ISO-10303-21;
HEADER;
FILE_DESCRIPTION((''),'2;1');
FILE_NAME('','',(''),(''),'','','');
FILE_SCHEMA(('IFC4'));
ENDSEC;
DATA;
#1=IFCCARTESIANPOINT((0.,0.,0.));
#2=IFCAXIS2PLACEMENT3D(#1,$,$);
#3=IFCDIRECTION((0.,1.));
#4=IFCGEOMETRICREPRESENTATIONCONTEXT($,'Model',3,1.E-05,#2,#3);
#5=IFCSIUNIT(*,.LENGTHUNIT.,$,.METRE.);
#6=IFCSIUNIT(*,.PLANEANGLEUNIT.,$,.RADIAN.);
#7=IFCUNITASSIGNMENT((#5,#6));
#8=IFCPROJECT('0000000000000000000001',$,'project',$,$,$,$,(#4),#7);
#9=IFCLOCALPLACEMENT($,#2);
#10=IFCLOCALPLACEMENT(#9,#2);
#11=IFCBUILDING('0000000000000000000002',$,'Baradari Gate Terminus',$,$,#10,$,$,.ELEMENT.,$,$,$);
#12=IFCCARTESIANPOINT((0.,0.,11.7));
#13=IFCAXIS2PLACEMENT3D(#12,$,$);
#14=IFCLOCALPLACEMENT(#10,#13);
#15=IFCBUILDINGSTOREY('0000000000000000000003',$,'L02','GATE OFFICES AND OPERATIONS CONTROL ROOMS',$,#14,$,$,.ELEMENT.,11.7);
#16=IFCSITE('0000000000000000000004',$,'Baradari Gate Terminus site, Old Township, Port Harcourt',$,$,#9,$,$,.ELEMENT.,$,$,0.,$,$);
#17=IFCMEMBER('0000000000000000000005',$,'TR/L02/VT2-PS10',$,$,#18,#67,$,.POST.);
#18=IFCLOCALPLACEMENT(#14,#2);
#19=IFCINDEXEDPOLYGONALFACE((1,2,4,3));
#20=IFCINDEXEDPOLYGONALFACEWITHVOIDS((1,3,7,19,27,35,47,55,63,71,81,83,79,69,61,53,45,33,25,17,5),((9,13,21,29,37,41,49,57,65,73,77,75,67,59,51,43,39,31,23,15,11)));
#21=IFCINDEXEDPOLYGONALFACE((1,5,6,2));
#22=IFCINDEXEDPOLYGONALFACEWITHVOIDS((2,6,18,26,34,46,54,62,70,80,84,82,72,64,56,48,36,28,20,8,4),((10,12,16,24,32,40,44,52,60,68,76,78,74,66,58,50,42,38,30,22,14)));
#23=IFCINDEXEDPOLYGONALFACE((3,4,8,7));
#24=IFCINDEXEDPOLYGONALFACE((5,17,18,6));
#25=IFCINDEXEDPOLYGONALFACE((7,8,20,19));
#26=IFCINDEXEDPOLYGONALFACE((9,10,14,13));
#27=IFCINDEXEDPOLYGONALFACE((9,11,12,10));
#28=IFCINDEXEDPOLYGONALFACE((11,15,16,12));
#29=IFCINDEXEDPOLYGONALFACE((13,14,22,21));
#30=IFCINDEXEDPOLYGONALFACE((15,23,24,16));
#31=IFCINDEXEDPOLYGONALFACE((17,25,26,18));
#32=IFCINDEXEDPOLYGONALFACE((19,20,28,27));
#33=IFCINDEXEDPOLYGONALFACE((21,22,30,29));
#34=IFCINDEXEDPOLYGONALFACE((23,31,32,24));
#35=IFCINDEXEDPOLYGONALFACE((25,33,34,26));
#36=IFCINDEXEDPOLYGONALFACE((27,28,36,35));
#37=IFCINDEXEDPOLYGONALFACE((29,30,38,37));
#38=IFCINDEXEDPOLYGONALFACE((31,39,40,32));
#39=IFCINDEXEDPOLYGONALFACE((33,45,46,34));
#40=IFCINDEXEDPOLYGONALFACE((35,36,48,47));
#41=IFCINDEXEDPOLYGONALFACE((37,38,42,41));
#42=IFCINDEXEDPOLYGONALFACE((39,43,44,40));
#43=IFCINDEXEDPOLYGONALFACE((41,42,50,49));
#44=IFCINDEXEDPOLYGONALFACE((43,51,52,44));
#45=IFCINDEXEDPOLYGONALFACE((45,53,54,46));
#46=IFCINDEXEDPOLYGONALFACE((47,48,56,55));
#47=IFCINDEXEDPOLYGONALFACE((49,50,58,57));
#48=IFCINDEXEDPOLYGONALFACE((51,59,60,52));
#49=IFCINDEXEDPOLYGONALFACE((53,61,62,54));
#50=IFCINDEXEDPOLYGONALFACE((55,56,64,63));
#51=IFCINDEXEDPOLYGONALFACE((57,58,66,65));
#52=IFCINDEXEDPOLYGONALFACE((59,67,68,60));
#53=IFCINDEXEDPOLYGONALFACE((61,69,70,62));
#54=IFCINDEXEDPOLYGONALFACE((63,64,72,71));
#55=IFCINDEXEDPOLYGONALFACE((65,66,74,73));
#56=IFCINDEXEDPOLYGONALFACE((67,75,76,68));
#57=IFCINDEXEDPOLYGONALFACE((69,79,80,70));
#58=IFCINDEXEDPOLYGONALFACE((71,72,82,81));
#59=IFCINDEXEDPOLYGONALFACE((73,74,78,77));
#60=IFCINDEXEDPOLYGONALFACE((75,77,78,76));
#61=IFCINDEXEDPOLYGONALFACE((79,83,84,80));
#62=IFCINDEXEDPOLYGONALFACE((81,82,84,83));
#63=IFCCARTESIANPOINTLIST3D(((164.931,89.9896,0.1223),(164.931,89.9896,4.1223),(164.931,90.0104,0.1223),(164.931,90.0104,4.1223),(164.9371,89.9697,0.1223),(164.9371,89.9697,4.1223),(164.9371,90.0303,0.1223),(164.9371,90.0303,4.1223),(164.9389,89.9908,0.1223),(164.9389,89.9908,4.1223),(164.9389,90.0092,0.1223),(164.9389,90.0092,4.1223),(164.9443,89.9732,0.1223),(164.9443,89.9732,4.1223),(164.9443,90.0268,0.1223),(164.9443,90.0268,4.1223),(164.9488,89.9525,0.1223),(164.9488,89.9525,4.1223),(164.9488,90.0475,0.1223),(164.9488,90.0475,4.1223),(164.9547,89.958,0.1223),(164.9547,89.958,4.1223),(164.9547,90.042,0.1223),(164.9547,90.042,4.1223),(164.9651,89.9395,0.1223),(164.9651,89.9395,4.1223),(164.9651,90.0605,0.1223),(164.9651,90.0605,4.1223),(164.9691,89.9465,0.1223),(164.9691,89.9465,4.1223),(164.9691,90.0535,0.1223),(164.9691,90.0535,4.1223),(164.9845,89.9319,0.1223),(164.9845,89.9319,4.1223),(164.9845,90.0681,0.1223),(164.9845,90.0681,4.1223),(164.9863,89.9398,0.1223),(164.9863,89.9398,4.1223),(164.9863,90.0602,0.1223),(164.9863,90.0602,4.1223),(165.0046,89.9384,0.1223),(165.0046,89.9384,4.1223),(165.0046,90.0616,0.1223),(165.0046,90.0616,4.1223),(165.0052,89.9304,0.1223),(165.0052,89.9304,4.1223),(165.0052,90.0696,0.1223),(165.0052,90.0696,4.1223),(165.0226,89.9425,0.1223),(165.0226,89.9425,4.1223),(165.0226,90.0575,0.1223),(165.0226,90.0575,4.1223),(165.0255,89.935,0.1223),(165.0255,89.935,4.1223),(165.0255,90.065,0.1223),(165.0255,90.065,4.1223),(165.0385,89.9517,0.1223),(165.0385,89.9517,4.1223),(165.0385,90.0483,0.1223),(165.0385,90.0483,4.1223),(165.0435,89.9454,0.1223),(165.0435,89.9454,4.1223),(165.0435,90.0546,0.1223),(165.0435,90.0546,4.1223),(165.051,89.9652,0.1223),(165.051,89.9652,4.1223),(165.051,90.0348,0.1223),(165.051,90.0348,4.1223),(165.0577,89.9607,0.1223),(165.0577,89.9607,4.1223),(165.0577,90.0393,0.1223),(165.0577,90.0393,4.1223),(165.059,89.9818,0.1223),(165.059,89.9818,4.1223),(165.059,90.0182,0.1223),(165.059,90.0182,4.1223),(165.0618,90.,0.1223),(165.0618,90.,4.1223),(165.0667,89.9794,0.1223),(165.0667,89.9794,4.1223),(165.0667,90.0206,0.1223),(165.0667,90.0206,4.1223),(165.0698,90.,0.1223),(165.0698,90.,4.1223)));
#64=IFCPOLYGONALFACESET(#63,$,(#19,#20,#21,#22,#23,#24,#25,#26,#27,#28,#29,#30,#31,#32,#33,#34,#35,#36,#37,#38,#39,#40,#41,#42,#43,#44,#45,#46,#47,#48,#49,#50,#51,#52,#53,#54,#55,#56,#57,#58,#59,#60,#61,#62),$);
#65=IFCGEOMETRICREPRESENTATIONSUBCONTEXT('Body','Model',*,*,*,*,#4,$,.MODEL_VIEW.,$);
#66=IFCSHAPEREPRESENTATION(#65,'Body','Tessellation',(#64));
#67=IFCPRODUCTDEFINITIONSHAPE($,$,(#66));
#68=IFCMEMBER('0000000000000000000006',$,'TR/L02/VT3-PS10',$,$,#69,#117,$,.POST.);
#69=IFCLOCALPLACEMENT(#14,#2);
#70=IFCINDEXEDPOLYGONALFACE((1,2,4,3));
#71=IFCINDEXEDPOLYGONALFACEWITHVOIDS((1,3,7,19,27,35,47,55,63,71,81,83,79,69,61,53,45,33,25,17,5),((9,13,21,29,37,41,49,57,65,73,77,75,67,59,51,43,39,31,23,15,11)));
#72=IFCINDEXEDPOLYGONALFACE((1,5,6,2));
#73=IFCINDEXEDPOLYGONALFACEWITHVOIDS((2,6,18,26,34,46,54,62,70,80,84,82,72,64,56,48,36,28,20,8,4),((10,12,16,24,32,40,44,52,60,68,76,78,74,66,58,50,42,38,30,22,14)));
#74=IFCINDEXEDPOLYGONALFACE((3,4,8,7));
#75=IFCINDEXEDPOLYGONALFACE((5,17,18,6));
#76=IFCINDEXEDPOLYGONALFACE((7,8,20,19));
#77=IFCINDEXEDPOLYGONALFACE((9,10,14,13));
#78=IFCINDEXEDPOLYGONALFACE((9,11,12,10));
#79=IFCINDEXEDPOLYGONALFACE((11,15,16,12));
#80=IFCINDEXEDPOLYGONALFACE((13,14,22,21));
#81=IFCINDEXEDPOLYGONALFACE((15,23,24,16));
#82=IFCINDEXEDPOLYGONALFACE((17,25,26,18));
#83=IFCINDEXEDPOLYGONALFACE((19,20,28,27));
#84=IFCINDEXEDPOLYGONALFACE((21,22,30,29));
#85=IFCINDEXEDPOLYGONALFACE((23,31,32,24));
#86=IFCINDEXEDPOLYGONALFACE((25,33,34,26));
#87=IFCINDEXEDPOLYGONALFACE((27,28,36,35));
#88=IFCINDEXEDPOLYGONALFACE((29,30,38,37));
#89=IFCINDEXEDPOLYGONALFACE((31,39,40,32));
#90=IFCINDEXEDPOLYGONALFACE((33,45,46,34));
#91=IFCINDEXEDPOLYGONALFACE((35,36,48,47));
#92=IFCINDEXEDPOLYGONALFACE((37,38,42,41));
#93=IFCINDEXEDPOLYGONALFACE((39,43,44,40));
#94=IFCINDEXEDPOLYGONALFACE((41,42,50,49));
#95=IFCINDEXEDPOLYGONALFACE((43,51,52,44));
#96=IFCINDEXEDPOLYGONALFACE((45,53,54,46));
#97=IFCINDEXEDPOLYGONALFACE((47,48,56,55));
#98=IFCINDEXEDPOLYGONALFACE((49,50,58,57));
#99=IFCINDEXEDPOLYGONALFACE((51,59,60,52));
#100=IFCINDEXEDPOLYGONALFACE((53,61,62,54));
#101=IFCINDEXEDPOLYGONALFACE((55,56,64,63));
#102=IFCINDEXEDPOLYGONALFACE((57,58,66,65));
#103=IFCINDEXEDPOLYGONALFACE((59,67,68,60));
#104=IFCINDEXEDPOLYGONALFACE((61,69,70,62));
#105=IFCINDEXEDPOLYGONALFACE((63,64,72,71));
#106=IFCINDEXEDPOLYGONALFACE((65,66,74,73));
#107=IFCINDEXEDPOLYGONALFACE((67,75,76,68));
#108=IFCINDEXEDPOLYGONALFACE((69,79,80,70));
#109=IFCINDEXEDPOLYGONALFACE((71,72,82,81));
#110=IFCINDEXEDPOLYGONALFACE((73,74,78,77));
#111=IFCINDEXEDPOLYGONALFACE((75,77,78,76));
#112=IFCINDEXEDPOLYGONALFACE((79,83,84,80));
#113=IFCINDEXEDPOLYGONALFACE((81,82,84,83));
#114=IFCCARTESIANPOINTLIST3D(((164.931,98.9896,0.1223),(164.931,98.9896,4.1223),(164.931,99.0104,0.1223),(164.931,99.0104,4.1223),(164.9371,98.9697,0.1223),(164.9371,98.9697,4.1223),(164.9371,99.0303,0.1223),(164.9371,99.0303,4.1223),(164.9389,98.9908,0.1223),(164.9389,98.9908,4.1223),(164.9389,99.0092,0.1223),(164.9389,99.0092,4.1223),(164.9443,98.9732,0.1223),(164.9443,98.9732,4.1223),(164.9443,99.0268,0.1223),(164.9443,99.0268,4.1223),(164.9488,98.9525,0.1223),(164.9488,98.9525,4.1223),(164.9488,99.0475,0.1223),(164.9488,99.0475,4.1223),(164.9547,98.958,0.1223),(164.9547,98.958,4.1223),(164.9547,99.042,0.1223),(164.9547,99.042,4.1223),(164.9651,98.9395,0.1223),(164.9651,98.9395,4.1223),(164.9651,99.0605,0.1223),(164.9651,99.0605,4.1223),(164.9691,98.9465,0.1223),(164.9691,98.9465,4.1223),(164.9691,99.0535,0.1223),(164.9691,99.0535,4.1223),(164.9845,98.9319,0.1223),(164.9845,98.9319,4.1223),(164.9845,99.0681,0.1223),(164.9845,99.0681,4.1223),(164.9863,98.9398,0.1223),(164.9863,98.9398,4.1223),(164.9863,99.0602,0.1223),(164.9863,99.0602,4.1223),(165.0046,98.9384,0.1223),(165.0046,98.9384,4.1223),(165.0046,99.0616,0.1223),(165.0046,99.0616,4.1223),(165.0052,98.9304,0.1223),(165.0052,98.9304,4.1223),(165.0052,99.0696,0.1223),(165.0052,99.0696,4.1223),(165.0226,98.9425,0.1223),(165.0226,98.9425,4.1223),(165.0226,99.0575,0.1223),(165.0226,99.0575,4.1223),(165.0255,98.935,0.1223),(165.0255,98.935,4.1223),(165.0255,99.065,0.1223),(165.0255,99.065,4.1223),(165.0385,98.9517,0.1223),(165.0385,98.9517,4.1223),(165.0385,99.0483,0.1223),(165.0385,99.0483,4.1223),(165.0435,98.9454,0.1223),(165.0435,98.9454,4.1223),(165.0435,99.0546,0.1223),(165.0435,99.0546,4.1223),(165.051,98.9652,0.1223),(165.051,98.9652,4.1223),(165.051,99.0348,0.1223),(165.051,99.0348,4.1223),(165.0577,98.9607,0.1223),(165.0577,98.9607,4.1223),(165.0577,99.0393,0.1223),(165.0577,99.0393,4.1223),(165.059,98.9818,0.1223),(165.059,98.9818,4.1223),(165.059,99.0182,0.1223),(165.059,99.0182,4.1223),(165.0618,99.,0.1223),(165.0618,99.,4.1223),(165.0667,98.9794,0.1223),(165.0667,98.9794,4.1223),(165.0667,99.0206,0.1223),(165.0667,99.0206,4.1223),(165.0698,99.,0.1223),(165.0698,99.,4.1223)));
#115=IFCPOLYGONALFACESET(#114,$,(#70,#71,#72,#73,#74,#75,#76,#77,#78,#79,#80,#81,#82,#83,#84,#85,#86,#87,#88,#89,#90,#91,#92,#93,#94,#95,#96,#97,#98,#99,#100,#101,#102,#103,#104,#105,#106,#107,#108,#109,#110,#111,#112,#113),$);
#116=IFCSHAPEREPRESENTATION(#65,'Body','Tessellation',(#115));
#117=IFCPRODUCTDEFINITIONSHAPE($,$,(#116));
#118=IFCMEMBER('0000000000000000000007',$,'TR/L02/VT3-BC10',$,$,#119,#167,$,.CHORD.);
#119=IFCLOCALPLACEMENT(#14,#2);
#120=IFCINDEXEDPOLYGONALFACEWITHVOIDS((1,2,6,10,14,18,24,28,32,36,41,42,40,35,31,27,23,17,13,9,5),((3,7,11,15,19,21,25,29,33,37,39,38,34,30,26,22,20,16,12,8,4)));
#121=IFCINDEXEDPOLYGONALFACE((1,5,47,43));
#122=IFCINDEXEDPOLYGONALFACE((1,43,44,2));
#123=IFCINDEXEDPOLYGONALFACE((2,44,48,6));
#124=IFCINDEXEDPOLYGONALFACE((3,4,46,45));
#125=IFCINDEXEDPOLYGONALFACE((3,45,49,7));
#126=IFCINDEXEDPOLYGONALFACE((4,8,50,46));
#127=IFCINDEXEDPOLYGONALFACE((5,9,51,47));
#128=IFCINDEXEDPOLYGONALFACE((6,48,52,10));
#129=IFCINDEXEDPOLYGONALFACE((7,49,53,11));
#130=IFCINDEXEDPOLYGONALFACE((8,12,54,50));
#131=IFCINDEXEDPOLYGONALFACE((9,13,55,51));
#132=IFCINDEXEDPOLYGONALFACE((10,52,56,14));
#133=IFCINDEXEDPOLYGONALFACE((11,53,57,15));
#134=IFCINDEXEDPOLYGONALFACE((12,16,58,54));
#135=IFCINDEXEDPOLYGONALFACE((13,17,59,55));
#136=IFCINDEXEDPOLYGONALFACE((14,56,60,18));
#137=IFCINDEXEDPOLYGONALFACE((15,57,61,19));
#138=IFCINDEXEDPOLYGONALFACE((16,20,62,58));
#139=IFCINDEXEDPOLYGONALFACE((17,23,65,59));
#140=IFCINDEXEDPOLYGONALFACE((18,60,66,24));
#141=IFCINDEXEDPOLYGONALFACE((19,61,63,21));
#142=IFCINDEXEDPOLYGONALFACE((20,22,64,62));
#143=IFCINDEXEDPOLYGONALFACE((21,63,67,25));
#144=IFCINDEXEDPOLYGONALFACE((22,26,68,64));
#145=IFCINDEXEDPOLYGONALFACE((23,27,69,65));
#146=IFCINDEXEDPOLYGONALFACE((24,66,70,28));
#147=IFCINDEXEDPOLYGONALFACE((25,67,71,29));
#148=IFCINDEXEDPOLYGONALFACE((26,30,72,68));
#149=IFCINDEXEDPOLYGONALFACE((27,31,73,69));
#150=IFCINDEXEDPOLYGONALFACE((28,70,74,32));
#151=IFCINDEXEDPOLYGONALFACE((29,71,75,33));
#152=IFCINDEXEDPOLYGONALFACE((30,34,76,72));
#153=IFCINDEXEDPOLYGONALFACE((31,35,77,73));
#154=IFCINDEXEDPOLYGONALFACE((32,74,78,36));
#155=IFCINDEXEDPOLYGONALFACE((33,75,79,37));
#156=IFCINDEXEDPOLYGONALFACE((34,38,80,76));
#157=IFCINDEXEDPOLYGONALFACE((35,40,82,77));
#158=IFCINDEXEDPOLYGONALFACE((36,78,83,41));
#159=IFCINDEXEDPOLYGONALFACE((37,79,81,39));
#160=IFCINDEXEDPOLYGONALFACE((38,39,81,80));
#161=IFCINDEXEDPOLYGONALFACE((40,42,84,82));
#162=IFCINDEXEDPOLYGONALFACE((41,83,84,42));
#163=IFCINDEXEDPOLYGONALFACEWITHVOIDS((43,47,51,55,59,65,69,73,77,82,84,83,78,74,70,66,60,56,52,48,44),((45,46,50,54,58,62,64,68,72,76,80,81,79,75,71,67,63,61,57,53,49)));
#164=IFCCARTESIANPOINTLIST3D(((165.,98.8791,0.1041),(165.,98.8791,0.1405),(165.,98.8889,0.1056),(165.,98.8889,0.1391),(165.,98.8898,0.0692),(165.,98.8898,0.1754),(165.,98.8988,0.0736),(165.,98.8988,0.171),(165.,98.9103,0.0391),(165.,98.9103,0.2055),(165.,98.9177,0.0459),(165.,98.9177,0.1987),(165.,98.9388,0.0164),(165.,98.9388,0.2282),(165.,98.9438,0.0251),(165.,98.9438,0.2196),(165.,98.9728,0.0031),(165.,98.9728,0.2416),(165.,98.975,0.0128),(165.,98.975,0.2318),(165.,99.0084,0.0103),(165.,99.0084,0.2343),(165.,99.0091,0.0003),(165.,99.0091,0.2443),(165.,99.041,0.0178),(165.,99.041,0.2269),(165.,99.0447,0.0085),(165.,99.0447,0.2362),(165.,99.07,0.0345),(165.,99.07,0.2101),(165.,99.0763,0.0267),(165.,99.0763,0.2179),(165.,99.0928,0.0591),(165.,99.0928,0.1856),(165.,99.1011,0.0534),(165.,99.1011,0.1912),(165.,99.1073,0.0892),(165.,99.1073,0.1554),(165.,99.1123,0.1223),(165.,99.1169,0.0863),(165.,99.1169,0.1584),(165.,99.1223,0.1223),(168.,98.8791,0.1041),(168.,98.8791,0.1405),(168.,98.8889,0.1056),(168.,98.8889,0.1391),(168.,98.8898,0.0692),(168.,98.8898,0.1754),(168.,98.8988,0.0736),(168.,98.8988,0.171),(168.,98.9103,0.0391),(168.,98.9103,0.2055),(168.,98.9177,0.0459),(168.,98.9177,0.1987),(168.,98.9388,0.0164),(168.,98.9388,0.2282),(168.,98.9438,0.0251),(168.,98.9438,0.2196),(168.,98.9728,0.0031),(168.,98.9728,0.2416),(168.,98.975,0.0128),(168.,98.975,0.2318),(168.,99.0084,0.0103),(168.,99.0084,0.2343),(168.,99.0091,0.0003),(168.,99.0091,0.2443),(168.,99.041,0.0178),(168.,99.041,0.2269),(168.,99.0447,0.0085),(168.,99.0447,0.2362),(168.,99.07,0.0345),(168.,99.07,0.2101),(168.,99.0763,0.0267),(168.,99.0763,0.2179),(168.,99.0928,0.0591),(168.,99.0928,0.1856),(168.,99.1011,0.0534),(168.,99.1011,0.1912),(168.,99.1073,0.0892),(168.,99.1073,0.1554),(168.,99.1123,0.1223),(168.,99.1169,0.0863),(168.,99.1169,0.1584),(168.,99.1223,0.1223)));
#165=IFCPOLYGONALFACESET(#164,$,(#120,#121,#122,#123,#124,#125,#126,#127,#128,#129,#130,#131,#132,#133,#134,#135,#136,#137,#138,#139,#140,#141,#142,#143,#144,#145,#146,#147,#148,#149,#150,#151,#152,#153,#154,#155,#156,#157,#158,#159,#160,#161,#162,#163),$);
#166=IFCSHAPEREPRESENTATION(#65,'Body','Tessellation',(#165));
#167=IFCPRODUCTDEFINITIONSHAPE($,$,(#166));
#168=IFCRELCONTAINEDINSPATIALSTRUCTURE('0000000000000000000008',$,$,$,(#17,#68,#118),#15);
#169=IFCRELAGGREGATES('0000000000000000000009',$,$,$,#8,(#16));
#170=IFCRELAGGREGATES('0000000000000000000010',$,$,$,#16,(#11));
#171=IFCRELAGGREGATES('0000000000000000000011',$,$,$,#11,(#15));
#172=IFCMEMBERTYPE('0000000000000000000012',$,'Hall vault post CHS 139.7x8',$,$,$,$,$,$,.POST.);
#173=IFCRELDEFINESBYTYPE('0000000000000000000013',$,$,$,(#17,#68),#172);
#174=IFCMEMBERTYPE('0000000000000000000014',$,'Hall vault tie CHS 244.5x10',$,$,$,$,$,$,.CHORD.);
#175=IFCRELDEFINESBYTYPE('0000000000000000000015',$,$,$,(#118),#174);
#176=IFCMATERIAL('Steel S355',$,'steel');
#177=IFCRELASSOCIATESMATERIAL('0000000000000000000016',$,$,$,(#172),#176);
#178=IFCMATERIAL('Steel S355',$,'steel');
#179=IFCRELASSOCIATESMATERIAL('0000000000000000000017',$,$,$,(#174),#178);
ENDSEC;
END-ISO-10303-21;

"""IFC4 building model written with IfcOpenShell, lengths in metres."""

from ifc_helpers import new_model, si_unit, direction, frame, origin, origin_2d, place, context, subcontext, project, spatial, hollow_circle, extrude, material, material_profile, profile_set, type_object, element, save


model = new_model("IFC4")

# Units and contexts
model_context = context("Model", 3, precision=1e-05, world=origin(), true_north=direction((0.0, 1.0)))
body_context = subcontext(model_context, "Body", "Model", "MODEL_VIEW")
ifc_project = project(units=[si_unit("LENGTHUNIT", "METRE"), si_unit("PLANEANGLEUNIT", "RADIAN")], contexts=[model_context])

# Site, building, storey
site_placement = place(None, origin())
site = spatial("IfcSite", under=ifc_project, at=site_placement, Name="Baradari Gate Terminus site, Old Township, Port Harcourt", CompositionType="ELEMENT", RefElevation=0.0)
building_placement = place(site_placement, origin())
building = spatial("IfcBuilding", under=site, at=building_placement, Name="Baradari Gate Terminus", CompositionType="ELEMENT")
storey_placement = place(building_placement, frame((0.0, 0.0, 11.7)))
storey = spatial("IfcBuildingStorey", under=building, at=storey_placement, Name="L02", Description="GATE OFFICES AND OPERATIONS CONTROL ROOMS", CompositionType="ELEMENT", Elevation=11.7)

# Members
ifc_material_1 = material(Name="Steel S355", Category="steel")
ifc_material_profile_1 = material_profile(ifc_material_1, hollow_circle(Radius=0.0698, WallThickness=0.0081, at=origin_2d()), Name="CHS 139.7x8")
ifc_profile_set_1 = profile_set([ifc_material_profile_1], Name="Steel S355")
member_type_1 = type_object("IfcMemberType", Name="Hall vault post CHS 139.7x8", PredefinedType="POST", material=ifc_profile_set_1)
for number, where, z_axis, x_axis, name in (
    (1, (165.0, 90.0, 0.1223), (0.0, 0.0, 1.0), (1.0, 0.0, 0.0), "TR/L02/VT2-PS10"),
    (2, (165.0, 99.0, 0.1223), (0.0, 0.0, 1.0), (1.0, 0.0, 0.0), "TR/L02/VT3-PS10"),
):
    element("IfcMember", number, at=place(storey_placement, frame(where, z_axis=z_axis, x_axis=x_axis)), inside=storey, type_object=member_type_1, Name=name, PredefinedType="POST", context=body_context, shape_type="SweptSolid", body=[
        extrude(hollow_circle(Radius=0.0698, WallThickness=0.0081, at=origin_2d()), origin(), (0.0, 0.0, 1.0), 4.0),
    ])
ifc_material_2 = material(Name="Steel S355", Category="steel")
ifc_material_profile_2 = material_profile(ifc_material_2, hollow_circle(Radius=0.1223, WallThickness=0.01, at=origin_2d()), Name="CHS 244.5x10")
ifc_profile_set_2 = profile_set([ifc_material_profile_2], Name="Steel S355")
member_type_2 = type_object("IfcMemberType", Name="Hall vault tie CHS 244.5x10", PredefinedType="CHORD", material=ifc_profile_set_2)
member_1_placement = place(storey_placement, frame((165.0, 99.0, 0.1223), z_axis=(1.0, 0.0, 0.0), x_axis=(0.0, 1.0, 0.0)))
element("IfcMember", 3, at=member_1_placement, inside=storey, type_object=member_type_2, Name="TR/L02/VT3-BC10", PredefinedType="CHORD", context=body_context, shape_type="SweptSolid", body=[
    extrude(hollow_circle(Radius=0.1223, WallThickness=0.01, at=origin_2d()), origin(), (0.0, 0.0, 1.0), 3.0),
])

save(model, "model.ifc")
